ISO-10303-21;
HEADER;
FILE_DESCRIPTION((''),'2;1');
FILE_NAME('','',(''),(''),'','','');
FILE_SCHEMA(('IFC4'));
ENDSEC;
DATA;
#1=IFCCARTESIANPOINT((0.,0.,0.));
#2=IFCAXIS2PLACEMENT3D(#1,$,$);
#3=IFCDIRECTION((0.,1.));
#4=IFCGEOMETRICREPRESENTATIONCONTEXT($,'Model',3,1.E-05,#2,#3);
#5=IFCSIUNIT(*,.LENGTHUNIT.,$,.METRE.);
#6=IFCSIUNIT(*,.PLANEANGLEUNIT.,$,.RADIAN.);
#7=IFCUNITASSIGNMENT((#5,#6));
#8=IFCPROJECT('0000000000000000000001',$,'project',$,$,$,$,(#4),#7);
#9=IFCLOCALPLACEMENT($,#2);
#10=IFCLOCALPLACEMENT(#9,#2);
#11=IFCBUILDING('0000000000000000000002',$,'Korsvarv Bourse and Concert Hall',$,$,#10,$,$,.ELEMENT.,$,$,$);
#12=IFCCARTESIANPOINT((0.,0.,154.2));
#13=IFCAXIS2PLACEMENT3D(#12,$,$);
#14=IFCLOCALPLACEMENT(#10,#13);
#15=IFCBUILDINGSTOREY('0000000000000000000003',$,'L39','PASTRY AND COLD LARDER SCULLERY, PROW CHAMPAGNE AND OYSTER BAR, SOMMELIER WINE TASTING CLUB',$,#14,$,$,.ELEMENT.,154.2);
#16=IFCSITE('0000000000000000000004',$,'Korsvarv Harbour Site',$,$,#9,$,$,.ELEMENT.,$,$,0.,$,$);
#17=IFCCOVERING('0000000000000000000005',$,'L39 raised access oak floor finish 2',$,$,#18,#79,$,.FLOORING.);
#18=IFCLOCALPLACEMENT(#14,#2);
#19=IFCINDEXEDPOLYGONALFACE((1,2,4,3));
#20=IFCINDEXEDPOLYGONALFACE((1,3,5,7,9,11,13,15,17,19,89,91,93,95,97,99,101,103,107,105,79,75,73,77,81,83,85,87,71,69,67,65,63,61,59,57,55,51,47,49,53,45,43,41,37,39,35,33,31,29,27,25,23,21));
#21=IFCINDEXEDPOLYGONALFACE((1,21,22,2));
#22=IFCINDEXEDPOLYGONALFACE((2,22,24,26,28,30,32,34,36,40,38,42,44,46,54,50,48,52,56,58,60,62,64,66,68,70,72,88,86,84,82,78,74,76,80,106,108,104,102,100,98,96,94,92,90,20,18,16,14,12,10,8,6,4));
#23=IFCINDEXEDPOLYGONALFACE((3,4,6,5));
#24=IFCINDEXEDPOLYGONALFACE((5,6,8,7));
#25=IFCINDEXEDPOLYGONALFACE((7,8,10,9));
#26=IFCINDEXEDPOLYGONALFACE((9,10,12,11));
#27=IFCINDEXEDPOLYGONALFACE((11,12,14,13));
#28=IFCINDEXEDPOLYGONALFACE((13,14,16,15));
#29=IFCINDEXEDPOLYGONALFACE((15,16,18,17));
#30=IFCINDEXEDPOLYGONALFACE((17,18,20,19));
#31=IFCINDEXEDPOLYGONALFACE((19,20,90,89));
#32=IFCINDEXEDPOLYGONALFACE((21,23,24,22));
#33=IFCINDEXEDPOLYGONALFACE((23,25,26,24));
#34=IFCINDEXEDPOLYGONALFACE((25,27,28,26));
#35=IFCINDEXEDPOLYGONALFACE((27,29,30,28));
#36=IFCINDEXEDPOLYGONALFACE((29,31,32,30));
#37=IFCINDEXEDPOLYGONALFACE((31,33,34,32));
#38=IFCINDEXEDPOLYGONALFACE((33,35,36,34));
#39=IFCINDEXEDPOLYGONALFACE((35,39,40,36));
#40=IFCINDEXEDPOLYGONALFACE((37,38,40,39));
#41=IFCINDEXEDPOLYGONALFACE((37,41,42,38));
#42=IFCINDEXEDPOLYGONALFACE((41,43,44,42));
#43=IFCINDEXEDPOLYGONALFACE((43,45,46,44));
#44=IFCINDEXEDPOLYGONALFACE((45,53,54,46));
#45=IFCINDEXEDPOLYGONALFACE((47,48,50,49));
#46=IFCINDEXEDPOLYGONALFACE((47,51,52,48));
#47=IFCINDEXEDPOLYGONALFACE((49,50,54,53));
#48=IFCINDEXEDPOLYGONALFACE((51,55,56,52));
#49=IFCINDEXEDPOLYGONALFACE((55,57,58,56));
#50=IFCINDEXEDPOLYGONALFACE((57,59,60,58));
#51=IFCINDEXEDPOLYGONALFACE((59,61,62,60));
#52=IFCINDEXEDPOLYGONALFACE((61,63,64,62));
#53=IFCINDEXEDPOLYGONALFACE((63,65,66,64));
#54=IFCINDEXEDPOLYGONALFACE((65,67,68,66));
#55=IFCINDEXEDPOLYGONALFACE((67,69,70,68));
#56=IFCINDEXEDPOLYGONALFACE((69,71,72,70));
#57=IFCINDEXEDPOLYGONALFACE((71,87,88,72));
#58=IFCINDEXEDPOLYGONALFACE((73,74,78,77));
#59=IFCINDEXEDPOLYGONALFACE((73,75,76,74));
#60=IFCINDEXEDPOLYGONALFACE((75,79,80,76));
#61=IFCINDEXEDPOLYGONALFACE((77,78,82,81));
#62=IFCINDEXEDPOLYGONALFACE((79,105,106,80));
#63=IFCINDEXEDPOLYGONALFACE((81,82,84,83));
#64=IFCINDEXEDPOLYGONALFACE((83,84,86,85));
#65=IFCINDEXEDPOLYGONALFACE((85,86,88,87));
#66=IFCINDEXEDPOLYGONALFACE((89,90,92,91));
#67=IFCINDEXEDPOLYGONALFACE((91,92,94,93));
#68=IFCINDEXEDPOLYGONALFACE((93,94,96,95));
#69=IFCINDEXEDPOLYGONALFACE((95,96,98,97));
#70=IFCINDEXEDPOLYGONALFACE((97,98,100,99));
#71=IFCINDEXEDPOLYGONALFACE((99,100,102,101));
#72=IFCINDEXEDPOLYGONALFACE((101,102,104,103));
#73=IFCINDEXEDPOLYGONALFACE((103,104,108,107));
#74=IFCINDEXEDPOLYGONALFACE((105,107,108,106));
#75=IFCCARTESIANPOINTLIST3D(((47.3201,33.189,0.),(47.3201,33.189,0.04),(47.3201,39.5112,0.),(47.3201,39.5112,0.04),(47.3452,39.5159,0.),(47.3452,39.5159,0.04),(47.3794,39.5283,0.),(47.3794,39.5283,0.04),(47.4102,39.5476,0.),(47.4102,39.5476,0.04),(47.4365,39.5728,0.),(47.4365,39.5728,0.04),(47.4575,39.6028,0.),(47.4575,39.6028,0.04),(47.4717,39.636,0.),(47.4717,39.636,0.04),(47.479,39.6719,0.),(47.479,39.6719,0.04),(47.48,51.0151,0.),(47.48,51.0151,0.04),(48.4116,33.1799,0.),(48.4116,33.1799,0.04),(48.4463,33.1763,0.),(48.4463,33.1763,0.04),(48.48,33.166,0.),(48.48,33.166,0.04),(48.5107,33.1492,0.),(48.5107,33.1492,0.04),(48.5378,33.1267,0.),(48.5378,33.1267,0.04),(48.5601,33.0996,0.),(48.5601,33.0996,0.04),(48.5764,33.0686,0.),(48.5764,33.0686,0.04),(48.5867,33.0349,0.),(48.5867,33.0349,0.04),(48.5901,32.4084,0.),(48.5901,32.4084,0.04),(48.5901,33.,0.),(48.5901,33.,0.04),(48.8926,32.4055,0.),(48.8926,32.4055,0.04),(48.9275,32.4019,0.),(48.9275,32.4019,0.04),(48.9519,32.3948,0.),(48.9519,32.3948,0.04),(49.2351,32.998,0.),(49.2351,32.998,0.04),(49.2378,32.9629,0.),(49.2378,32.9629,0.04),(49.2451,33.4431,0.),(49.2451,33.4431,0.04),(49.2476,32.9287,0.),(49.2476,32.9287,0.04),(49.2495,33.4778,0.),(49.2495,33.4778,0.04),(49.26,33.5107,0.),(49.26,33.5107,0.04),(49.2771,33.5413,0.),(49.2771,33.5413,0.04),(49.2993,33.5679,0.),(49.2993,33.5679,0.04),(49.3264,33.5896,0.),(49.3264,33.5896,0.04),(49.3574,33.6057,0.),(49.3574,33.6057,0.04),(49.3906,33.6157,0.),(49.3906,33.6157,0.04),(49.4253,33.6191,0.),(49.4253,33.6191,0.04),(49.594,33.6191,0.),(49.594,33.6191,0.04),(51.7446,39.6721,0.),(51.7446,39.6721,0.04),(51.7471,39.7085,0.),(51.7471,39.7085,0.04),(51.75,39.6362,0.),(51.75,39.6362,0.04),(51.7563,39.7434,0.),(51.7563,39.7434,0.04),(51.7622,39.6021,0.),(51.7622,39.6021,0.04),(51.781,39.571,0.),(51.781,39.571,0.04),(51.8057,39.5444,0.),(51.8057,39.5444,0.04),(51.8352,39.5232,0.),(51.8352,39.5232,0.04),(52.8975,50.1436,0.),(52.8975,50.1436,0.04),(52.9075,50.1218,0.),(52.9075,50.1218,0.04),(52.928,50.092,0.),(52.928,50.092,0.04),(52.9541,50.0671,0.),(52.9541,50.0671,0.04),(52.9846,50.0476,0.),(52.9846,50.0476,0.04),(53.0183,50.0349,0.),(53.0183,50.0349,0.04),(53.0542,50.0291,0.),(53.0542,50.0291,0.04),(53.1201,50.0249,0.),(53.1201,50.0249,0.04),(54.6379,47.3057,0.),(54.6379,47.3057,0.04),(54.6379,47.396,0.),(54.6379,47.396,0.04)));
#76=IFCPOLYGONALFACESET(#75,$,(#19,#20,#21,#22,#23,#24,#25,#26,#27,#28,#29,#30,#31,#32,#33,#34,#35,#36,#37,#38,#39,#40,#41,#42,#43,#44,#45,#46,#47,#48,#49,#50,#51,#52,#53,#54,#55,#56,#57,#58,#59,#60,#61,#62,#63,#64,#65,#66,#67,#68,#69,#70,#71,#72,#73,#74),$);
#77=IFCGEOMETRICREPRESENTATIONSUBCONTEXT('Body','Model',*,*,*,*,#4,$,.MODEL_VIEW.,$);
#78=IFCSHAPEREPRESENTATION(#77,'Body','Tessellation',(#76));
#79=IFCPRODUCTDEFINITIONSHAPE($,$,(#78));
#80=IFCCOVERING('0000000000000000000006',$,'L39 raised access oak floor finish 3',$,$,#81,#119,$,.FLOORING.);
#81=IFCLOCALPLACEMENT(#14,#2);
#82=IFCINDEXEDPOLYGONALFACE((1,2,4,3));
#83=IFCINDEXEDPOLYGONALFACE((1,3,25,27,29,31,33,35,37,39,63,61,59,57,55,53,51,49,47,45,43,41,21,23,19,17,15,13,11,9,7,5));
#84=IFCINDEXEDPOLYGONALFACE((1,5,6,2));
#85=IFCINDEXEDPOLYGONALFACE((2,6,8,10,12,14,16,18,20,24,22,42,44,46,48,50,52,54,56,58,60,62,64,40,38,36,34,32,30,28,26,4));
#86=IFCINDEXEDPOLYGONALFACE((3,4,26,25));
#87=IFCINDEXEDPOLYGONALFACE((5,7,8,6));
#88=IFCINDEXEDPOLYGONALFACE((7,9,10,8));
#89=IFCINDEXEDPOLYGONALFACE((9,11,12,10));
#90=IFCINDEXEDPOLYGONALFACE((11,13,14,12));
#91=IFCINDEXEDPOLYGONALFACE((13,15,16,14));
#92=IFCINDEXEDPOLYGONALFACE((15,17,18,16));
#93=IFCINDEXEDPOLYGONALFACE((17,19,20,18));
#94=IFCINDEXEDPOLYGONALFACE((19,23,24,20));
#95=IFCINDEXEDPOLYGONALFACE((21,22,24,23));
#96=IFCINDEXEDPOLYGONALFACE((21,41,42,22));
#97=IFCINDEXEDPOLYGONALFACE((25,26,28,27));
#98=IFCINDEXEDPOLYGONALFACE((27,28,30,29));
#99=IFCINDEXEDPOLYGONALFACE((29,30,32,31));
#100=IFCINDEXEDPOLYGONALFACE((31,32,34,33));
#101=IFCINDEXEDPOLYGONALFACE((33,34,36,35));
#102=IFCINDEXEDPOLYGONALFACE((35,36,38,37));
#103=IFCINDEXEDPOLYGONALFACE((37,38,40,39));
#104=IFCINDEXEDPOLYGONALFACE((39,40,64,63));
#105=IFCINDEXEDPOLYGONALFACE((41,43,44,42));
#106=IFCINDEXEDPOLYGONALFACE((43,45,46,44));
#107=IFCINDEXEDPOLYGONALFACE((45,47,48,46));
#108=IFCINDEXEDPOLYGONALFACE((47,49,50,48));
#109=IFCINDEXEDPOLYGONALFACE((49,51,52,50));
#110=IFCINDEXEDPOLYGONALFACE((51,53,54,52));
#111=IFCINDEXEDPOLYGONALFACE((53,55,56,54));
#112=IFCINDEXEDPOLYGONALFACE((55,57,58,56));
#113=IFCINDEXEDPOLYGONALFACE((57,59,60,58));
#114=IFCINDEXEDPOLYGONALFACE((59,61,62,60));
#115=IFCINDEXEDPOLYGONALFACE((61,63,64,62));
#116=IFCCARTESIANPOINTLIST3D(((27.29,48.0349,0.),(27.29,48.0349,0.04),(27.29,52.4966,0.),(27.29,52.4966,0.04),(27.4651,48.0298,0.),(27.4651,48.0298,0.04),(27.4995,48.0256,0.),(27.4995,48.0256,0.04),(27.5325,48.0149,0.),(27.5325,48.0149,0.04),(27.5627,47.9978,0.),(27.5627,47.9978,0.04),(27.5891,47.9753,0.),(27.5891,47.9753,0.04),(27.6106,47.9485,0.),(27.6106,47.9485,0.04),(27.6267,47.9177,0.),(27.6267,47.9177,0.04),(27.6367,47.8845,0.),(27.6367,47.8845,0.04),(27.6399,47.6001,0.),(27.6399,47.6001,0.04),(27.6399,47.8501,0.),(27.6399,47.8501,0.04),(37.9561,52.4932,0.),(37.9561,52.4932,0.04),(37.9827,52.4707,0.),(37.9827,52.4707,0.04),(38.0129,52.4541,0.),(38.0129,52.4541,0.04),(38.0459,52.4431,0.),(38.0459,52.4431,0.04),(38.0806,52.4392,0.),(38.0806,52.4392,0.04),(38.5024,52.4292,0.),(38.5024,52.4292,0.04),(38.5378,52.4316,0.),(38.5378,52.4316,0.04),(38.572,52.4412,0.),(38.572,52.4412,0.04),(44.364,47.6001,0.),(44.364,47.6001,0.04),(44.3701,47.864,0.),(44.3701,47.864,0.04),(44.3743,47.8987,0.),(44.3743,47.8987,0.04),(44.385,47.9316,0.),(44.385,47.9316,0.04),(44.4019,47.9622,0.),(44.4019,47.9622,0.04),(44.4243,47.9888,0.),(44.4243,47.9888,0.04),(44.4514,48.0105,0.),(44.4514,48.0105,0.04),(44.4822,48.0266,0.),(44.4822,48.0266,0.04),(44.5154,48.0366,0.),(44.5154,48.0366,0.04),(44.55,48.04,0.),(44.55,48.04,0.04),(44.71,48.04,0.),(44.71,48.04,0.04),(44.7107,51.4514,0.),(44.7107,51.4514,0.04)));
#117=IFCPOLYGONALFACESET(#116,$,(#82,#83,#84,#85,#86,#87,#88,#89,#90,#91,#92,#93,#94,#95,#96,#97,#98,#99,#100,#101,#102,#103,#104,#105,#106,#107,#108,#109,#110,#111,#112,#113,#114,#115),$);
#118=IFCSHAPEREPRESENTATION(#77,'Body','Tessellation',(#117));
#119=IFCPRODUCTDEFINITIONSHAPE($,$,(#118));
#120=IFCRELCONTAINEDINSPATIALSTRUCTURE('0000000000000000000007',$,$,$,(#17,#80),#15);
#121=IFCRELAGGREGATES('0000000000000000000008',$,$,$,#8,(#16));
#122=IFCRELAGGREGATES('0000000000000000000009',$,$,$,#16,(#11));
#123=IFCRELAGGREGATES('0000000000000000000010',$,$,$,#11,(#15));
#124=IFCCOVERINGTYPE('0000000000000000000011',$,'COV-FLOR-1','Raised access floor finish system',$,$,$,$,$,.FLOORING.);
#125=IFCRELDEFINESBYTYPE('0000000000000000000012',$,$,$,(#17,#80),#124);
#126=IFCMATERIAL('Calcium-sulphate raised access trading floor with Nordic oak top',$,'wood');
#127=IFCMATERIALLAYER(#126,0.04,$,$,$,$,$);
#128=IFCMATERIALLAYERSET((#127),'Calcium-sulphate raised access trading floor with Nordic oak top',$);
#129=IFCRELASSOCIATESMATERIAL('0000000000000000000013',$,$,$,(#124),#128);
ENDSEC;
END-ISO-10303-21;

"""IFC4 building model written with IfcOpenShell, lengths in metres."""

from ifc_helpers import new_model, si_unit, direction, frame, origin, place, context, subcontext, project, spatial, polyline, outline, extrude, material, layer, layer_set, type_object, element, save


model = new_model("IFC4")

# Units and contexts
model_context = context("Model", 3, precision=1e-05, world=origin(), true_north=direction((0.0, 1.0)))
body_context = subcontext(model_context, "Body", "Model", "MODEL_VIEW")
ifc_project = project(units=[si_unit("LENGTHUNIT", "METRE"), si_unit("PLANEANGLEUNIT", "RADIAN")], contexts=[model_context])

# Site, building, storey
site_placement = place(None, origin())
site = spatial("IfcSite", under=ifc_project, at=site_placement, Name="Korsvarv Harbour Site", CompositionType="ELEMENT", RefElevation=0.0)
building_placement = place(site_placement, origin())
building = spatial("IfcBuilding", under=site, at=building_placement, Name="Korsvarv Bourse and Concert Hall", CompositionType="ELEMENT")
storey_placement = place(building_placement, frame((0.0, 0.0, 154.2)))
storey = spatial("IfcBuildingStorey", under=building, at=storey_placement, Name="L39", Description="PASTRY AND COLD LARDER SCULLERY, PROW CHAMPAGNE AND OYSTER BAR, SOMMELIER WINE TASTING CLUB", CompositionType="ELEMENT", Elevation=154.2)

# Coverings
ifc_material_1 = material(Name="Calcium-sulphate raised access trading floor with Nordic oak top", Category="wood")
ifc_layer_1 = layer(ifc_material_1, 0.04)
ifc_layer_set_1 = layer_set([ifc_layer_1], Name="Calcium-sulphate raised access trading floor with Nordic oak top")
covering_type_1 = type_object("IfcCoveringType", Name="COV-FLOR-1", Description="Raised access floor finish system", PredefinedType="FLOORING", material=ifc_layer_set_1)
covering_1_placement = place(storey_placement, origin())
element("IfcCovering", 1, at=covering_1_placement, inside=storey, type_object=covering_type_1, Name="L39 raised access oak floor finish 2", PredefinedType="FLOORING", context=body_context, shape_type="SweptSolid", body=[
    extrude(outline(polyline([(47.3201, 39.5112), (47.3452, 39.5159), (47.3794, 39.5283), (47.4102, 39.5476), (47.4365, 39.5728), (47.4575, 39.6028), (47.4717, 39.636), (47.479, 39.6719), (47.48, 51.0151), (52.8975, 50.1436), (52.9075, 50.1218), (52.928, 50.092), (52.9541, 50.0671), (52.9846, 50.0476), (53.0183, 50.0349), (53.0542, 50.0291), (53.1201, 50.0249), (54.6379, 47.396), (54.6379, 47.3057), (51.7563, 39.7434), (51.7471, 39.7085), (51.7446, 39.6721), (51.75, 39.6362), (51.7622, 39.6021), (51.781, 39.571), (51.8057, 39.5444), (51.8352, 39.5232), (49.594, 33.6191), (49.4253, 33.6191), (49.3906, 33.6157), (49.3574, 33.6057), (49.3264, 33.5896), (49.2993, 33.5679), (49.2771, 33.5413), (49.26, 33.5107), (49.2495, 33.4778), (49.2451, 33.4431), (49.2351, 32.998), (49.2378, 32.9629), (49.2476, 32.9287), (48.9519, 32.3948), (48.9275, 32.4019), (48.8926, 32.4055), (48.5901, 32.4084), (48.5901, 33.0), (48.5867, 33.0349), (48.5764, 33.0686), (48.5601, 33.0996), (48.5378, 33.1267), (48.5107, 33.1492), (48.48, 33.166), (48.4463, 33.1763), (48.4116, 33.1799), (47.3201, 33.189), (47.3201, 39.5112)])), origin(), (0.0, 0.0, 1.0), 0.04),
])
covering_2_placement = place(storey_placement, origin())
element("IfcCovering", 2, at=covering_2_placement, inside=storey, type_object=covering_type_1, Name="L39 raised access oak floor finish 3", PredefinedType="FLOORING", context=body_context, shape_type="SweptSolid", body=[
    extrude(outline(polyline([(37.9561, 52.4932), (37.9827, 52.4707), (38.0129, 52.4541), (38.0459, 52.4431), (38.0806, 52.4392), (38.5024, 52.4292), (38.5378, 52.4316), (38.572, 52.4412), (44.7107, 51.4514), (44.71, 48.04), (44.55, 48.04), (44.5154, 48.0366), (44.4822, 48.0266), (44.4514, 48.0105), (44.4243, 47.9888), (44.4019, 47.9622), (44.385, 47.9316), (44.3743, 47.8987), (44.3701, 47.864), (44.364, 47.6001), (27.6399, 47.6001), (27.6399, 47.8501), (27.6367, 47.8845), (27.6267, 47.9177), (27.6106, 47.9485), (27.5891, 47.9753), (27.5627, 47.9978), (27.5325, 48.0149), (27.4995, 48.0256), (27.4651, 48.0298), (27.29, 48.0349), (27.29, 52.4966), (37.9561, 52.4932)])), origin(), (0.0, 0.0, 1.0), 0.04),
])

save(model, "model.ifc")
